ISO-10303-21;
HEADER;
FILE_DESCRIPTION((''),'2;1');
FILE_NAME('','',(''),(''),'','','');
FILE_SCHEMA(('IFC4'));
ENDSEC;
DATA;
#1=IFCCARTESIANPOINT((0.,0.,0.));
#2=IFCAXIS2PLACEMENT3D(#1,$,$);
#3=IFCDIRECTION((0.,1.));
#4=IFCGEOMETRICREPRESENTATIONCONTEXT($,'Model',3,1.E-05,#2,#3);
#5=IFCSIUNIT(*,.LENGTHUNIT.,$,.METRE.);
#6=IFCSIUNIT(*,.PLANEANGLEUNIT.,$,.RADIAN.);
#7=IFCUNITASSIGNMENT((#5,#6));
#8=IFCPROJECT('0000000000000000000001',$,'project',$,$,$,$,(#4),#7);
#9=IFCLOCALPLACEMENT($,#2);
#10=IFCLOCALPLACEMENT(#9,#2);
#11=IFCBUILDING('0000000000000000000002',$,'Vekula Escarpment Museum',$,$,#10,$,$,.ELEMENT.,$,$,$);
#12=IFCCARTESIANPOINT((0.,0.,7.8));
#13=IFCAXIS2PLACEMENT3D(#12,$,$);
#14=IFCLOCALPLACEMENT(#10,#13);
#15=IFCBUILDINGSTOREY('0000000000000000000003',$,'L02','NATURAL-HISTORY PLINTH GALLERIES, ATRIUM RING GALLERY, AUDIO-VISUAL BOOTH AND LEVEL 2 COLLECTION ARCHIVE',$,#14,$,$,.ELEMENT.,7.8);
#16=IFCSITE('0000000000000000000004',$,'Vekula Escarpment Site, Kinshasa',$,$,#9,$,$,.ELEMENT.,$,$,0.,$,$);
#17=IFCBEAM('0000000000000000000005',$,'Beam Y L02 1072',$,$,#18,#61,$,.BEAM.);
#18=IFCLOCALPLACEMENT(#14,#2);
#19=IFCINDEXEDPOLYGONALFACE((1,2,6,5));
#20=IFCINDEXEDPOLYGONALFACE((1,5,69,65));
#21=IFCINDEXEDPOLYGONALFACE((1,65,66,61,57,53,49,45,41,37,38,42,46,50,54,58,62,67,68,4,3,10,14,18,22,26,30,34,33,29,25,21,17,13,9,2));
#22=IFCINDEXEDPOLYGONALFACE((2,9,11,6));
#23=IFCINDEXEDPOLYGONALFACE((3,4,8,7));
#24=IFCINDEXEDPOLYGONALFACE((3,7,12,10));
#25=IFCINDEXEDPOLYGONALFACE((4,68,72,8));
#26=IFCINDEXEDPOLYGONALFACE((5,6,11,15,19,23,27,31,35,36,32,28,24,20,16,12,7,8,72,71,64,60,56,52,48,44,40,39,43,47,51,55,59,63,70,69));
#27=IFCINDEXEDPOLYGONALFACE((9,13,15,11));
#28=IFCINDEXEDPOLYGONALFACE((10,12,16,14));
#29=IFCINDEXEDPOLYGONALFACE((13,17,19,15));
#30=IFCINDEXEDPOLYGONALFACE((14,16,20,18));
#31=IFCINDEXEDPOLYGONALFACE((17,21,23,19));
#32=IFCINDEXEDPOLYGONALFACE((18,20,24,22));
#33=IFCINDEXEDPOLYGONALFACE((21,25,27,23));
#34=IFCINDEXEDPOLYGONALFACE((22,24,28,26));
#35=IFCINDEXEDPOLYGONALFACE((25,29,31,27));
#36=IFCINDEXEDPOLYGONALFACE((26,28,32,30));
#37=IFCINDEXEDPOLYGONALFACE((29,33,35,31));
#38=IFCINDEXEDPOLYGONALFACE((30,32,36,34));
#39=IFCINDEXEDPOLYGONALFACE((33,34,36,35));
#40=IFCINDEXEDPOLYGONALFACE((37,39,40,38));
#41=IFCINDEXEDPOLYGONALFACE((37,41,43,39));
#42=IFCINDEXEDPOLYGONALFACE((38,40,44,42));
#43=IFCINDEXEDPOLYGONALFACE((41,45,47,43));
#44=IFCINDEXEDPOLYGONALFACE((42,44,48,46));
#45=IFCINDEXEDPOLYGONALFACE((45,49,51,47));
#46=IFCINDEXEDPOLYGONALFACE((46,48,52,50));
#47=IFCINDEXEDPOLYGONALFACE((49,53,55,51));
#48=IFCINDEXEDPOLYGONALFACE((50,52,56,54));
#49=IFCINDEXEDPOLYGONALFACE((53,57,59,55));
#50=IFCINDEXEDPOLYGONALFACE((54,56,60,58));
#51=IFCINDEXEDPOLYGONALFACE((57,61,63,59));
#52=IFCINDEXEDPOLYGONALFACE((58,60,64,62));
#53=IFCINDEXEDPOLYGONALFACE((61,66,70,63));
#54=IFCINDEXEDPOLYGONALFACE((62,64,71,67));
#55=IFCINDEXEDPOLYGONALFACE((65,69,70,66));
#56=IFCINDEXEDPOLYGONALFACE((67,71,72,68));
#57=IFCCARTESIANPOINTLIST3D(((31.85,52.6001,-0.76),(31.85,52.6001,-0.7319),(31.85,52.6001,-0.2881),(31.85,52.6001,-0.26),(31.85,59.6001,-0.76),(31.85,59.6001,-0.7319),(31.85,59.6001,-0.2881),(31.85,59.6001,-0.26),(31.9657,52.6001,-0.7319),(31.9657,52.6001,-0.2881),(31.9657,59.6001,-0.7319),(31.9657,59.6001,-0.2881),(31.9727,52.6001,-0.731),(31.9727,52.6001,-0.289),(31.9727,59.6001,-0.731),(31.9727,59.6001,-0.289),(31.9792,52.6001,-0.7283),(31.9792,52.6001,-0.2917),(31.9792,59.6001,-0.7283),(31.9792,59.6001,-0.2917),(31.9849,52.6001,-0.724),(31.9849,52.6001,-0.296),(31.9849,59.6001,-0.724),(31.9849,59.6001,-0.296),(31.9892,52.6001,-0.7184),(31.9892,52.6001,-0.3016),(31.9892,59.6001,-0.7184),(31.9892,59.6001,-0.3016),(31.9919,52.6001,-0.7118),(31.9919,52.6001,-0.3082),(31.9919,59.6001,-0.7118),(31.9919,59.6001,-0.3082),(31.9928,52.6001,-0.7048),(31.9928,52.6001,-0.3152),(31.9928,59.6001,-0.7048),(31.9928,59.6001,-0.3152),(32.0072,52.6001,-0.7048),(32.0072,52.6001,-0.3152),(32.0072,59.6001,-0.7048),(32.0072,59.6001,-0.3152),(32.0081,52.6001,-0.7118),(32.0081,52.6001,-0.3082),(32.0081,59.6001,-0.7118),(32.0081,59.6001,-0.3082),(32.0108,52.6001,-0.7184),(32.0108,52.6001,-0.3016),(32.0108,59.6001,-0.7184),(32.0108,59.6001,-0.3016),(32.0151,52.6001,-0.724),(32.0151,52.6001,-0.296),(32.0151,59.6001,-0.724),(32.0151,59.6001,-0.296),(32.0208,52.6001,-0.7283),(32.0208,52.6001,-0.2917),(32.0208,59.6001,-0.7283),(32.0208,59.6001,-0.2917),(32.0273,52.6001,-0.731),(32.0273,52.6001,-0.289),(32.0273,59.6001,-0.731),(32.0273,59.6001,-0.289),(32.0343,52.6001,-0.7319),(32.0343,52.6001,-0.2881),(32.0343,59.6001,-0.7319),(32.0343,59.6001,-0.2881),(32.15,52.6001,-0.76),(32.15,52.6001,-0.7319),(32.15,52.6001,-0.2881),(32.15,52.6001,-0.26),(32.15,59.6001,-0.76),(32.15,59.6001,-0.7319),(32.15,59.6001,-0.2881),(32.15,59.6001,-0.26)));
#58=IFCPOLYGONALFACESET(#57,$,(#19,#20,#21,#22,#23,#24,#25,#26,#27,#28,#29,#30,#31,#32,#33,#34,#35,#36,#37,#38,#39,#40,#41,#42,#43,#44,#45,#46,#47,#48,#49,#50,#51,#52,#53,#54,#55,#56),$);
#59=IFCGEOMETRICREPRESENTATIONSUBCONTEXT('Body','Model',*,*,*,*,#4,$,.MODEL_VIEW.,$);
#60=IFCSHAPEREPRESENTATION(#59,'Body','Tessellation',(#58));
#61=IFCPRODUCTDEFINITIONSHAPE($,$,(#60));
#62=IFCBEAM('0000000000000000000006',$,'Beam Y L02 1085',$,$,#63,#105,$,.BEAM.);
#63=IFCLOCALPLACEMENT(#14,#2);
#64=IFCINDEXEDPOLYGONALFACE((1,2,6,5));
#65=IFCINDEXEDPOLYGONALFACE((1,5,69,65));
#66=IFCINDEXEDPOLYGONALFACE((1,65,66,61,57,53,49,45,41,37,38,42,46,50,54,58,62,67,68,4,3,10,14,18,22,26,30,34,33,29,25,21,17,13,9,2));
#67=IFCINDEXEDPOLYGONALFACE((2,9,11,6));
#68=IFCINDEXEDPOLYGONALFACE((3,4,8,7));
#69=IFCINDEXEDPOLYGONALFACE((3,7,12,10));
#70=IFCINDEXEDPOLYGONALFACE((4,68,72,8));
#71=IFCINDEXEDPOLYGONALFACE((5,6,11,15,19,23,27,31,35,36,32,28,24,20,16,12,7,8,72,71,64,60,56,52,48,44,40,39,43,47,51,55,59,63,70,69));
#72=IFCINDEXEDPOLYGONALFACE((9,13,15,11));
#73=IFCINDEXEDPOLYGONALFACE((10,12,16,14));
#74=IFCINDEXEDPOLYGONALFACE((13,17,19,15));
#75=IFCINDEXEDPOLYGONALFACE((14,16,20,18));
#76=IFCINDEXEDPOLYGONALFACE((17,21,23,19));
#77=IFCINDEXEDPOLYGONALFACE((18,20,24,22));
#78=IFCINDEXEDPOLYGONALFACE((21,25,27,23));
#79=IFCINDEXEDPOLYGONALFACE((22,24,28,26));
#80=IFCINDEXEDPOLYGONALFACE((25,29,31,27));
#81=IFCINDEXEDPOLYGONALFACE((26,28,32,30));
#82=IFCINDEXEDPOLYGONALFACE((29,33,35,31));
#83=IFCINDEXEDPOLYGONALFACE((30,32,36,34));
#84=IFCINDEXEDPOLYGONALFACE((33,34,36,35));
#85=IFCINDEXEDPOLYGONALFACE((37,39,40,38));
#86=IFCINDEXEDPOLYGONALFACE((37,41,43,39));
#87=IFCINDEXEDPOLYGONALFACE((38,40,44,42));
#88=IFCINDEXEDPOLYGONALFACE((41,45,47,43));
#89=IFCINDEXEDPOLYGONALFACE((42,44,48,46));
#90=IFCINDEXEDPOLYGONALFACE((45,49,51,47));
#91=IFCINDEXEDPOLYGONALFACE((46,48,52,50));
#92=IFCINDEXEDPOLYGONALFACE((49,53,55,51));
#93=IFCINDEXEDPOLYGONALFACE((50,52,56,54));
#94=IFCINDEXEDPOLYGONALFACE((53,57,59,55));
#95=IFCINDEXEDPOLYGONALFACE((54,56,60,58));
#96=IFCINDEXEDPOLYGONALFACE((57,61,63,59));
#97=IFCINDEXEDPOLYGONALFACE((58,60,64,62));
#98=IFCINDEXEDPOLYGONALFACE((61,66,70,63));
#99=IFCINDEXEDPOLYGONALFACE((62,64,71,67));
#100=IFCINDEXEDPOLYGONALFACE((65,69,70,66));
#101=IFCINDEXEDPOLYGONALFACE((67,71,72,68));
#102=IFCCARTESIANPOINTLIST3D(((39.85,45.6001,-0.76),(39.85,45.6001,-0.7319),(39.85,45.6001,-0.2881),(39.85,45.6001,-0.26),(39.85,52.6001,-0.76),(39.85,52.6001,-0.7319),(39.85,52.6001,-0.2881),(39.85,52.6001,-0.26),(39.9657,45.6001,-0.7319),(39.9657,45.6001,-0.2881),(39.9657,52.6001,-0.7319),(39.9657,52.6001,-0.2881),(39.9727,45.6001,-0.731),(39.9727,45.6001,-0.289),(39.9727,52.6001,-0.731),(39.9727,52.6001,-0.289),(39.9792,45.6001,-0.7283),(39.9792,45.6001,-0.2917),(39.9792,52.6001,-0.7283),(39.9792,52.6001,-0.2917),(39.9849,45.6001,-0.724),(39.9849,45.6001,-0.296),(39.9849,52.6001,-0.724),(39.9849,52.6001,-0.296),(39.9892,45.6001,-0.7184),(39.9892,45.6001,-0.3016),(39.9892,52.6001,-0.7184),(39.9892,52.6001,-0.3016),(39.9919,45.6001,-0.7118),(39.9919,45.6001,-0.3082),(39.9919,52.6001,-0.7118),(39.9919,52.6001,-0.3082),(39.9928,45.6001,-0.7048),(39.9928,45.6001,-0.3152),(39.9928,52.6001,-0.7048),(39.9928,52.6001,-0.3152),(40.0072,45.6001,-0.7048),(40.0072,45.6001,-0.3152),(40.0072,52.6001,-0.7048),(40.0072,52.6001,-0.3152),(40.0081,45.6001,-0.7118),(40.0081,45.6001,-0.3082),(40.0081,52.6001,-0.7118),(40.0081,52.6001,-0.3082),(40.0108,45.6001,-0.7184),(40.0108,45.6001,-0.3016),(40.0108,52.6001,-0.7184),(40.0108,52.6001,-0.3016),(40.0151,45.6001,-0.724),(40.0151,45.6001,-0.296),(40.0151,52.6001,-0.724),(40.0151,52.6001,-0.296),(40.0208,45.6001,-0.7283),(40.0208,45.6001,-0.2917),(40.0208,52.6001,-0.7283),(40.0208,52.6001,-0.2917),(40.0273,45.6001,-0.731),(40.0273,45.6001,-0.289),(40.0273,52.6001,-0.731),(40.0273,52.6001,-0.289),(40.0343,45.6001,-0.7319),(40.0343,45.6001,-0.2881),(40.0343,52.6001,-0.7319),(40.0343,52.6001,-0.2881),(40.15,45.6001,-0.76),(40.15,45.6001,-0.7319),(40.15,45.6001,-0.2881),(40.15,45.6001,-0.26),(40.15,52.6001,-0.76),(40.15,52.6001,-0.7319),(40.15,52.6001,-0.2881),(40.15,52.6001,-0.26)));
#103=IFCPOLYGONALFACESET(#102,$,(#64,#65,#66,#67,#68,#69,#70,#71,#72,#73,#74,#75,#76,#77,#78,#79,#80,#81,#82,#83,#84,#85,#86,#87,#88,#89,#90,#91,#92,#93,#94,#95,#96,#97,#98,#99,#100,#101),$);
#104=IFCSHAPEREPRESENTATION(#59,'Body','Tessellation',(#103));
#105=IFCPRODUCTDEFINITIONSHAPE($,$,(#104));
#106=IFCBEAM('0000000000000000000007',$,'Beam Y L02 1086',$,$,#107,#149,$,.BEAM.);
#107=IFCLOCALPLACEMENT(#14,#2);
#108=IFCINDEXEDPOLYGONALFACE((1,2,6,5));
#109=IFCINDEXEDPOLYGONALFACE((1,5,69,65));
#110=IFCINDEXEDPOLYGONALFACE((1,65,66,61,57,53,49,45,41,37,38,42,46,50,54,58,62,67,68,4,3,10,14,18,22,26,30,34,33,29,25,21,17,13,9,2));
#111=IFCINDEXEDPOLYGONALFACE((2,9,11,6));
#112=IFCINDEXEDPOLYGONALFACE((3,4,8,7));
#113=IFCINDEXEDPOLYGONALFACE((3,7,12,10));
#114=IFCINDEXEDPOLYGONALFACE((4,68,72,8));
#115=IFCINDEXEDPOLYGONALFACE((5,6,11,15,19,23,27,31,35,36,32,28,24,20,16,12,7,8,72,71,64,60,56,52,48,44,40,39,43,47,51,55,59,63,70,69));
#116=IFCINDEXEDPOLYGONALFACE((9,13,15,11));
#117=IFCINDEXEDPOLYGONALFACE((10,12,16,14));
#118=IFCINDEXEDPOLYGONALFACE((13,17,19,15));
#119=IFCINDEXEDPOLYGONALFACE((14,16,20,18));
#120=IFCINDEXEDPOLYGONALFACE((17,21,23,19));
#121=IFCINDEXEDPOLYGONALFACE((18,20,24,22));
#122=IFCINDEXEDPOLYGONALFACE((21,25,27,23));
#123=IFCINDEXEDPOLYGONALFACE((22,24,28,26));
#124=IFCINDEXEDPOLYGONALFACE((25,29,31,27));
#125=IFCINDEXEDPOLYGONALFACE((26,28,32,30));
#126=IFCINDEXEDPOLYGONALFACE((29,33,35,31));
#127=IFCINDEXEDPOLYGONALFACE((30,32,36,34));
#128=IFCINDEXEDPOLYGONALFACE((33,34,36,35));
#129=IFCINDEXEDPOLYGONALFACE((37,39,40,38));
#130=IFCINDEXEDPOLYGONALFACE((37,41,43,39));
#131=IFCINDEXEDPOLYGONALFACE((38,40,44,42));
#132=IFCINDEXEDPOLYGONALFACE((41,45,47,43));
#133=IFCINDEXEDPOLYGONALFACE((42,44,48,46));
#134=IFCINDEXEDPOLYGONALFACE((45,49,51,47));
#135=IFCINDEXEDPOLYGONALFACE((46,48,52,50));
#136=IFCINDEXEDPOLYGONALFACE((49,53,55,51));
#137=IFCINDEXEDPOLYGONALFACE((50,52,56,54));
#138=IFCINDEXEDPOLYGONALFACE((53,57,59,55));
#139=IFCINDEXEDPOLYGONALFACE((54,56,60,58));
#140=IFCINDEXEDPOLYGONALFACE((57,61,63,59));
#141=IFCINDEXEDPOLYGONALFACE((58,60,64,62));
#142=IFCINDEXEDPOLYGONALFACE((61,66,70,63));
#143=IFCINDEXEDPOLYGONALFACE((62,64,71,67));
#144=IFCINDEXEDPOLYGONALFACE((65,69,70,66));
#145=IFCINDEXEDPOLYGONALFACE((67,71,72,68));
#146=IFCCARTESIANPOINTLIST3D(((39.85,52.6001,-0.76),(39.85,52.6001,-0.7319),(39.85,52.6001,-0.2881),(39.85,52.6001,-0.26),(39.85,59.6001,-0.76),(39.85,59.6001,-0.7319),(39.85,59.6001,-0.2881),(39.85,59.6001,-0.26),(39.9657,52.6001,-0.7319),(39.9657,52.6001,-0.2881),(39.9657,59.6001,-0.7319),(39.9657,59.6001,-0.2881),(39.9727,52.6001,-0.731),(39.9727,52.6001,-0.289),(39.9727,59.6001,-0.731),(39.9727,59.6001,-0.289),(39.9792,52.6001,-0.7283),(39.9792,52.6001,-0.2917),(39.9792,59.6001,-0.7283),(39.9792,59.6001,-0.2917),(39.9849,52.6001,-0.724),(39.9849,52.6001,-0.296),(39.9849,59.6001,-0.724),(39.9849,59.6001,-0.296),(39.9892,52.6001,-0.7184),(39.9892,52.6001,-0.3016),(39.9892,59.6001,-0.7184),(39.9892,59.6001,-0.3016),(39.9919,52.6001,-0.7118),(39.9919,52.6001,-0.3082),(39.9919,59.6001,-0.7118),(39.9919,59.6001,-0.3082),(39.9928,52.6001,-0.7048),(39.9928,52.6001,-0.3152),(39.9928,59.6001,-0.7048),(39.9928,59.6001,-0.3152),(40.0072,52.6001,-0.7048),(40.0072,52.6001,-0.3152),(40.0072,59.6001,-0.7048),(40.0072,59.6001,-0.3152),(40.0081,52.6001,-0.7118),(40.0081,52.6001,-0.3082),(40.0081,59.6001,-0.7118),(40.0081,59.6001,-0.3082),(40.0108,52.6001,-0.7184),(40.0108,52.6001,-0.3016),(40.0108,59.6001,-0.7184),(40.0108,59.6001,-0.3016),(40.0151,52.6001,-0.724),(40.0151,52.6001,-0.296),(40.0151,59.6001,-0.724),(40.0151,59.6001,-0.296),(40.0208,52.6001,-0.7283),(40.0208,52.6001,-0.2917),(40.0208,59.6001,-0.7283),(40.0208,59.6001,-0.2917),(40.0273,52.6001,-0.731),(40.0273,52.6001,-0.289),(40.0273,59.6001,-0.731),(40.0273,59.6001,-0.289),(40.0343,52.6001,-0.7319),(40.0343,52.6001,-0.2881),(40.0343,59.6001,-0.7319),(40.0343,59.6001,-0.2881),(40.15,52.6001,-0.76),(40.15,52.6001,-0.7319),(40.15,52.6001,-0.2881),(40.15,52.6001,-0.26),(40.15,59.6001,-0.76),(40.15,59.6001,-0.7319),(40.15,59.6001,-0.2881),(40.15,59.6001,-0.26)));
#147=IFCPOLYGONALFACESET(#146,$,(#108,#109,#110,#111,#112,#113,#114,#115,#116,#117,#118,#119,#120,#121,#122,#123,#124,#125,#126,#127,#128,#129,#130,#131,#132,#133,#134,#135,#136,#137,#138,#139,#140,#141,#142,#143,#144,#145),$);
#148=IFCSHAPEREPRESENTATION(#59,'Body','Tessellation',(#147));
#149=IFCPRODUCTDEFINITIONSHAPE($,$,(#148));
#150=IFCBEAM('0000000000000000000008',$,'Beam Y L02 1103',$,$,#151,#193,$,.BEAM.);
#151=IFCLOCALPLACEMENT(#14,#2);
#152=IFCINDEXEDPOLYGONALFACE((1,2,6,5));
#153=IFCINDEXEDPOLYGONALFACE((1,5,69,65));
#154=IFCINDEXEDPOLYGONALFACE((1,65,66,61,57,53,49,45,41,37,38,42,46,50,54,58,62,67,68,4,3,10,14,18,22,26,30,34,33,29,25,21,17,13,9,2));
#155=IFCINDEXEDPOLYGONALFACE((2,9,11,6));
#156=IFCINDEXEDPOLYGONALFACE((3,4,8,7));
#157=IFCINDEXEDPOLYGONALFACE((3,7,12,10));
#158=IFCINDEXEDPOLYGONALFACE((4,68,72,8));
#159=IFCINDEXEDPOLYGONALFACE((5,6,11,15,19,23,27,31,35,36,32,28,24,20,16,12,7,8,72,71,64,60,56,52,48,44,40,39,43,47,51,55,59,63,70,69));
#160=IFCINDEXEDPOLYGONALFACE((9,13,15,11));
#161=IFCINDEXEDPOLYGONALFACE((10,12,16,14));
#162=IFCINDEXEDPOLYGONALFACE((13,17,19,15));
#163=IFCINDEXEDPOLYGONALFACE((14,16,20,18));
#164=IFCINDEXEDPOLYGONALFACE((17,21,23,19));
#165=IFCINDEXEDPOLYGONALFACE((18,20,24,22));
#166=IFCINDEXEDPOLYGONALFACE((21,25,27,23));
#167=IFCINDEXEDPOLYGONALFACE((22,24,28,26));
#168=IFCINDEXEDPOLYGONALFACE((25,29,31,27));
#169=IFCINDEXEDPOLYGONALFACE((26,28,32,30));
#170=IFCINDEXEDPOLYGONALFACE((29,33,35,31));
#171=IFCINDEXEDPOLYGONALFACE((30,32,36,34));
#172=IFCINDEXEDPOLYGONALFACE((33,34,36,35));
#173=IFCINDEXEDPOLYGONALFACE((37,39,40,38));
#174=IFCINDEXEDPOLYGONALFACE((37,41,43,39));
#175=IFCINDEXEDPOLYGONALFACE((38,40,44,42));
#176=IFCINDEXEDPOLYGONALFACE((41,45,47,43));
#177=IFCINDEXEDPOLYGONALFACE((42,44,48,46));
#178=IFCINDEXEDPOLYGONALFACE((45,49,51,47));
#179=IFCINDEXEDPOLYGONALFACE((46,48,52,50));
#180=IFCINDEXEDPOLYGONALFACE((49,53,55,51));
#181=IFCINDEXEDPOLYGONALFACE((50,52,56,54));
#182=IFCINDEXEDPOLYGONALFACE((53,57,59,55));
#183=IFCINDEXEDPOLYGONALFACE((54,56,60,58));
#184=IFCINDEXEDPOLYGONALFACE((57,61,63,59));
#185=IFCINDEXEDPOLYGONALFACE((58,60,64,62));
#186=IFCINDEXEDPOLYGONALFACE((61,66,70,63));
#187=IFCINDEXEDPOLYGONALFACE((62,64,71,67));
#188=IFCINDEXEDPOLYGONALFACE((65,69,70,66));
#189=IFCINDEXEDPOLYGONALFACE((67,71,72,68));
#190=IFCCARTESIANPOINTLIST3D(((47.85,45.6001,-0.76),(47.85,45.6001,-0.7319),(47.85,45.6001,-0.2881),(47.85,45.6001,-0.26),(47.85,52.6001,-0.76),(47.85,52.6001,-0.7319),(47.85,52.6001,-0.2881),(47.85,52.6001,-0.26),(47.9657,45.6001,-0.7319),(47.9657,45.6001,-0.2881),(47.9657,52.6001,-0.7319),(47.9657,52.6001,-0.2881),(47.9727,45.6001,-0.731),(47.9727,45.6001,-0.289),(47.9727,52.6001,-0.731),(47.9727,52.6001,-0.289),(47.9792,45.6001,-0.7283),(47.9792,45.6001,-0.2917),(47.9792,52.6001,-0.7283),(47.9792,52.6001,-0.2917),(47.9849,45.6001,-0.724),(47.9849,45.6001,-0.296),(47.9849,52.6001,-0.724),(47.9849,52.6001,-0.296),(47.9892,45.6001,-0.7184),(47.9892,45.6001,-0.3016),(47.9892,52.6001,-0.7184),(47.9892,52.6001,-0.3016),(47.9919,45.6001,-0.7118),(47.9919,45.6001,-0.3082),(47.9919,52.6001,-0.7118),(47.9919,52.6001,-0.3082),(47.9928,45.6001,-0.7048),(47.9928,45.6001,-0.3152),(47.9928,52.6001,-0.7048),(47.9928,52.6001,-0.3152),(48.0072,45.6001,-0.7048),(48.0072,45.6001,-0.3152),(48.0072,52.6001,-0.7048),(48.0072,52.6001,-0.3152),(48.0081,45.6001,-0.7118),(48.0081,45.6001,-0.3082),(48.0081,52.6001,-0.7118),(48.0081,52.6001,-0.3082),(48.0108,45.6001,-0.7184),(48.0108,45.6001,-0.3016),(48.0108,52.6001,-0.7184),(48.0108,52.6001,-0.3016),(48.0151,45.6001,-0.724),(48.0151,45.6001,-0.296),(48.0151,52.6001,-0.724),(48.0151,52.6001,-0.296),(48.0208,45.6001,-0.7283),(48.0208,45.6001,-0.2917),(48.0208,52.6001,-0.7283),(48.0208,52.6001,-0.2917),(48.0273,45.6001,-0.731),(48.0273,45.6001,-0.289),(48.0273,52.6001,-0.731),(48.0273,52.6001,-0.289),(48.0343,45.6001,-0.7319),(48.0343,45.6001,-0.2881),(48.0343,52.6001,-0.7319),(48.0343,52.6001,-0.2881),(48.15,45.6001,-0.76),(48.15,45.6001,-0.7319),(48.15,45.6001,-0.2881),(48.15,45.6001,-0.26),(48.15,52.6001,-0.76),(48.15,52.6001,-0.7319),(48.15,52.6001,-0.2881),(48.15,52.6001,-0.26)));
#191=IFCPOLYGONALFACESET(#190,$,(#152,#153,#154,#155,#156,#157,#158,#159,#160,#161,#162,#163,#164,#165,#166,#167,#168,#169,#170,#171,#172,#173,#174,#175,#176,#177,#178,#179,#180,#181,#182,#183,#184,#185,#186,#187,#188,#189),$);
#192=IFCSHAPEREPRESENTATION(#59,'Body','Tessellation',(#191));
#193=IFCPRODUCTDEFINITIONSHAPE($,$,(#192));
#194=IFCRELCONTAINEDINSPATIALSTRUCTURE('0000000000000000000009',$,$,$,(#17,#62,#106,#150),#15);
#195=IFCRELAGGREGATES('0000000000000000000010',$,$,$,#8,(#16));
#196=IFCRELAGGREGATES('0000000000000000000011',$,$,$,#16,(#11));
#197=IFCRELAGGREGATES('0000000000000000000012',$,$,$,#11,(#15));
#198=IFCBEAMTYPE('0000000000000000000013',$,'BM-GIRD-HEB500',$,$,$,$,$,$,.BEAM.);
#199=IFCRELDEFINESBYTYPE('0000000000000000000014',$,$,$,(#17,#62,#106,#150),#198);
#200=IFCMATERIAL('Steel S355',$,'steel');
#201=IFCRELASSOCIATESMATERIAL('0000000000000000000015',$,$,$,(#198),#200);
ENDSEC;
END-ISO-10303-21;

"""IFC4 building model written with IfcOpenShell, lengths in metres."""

from ifc_helpers import new_model, si_unit, direction, frame, origin, origin_2d, place, context, subcontext, project, spatial, i_section, extrude, material, material_profile, profile_set, type_object, element, save


model = new_model("IFC4")

# Units and contexts
model_context = context("Model", 3, precision=1e-05, world=origin(), true_north=direction((0.0, 1.0)))
body_context = subcontext(model_context, "Body", "Model", "MODEL_VIEW")
ifc_project = project(units=[si_unit("LENGTHUNIT", "METRE"), si_unit("PLANEANGLEUNIT", "RADIAN")], contexts=[model_context])

# Site, building, storey
site_placement = place(None, origin())
site = spatial("IfcSite", under=ifc_project, at=site_placement, Name="Vekula Escarpment Site, Kinshasa", CompositionType="ELEMENT", RefElevation=0.0)
building_placement = place(site_placement, origin())
building = spatial("IfcBuilding", under=site, at=building_placement, Name="Vekula Escarpment Museum", CompositionType="ELEMENT")
storey_placement = place(building_placement, frame((0.0, 0.0, 7.8)))
storey = spatial("IfcBuildingStorey", under=building, at=storey_placement, Name="L02", Description="NATURAL-HISTORY PLINTH GALLERIES, ATRIUM RING GALLERY, AUDIO-VISUAL BOOTH AND LEVEL 2 COLLECTION ARCHIVE", CompositionType="ELEMENT", Elevation=7.8)

# Beams
ifc_material_1 = material(Name="Steel S355", Category="steel")
ifc_material_profile_1 = material_profile(ifc_material_1, i_section(OverallWidth=0.3, OverallDepth=0.5, WebThickness=0.0144, FlangeThickness=0.0281, FilletRadius=0.0271, at=origin_2d()), Name="HEB 500")
ifc_profile_set_1 = profile_set([ifc_material_profile_1], Name="Steel S355")
beam_type_1 = type_object("IfcBeamType", Name="BM-GIRD-HEB500", PredefinedType="BEAM", material=ifc_profile_set_1)
for number, where, z_axis, x_axis, name in (
    (1, (32.0, 52.6001, -0.51), (0.0, 1.0, 0.0), (-1.0, 0.0, 0.0), "Beam Y L02 1072"),
    (2, (40.0, 45.6001, -0.51), (0.0, 1.0, 0.0), (-1.0, 0.0, 0.0), "Beam Y L02 1085"),
    (3, (40.0, 52.6001, -0.51), (0.0, 1.0, 0.0), (-1.0, 0.0, 0.0), "Beam Y L02 1086"),
    (4, (48.0, 45.6001, -0.51), (0.0, 1.0, 0.0), (-1.0, 0.0, 0.0), "Beam Y L02 1103"),
):
    element("IfcBeam", number, at=place(storey_placement, frame(where, z_axis=z_axis, x_axis=x_axis)), inside=storey, type_object=beam_type_1, Name=name, PredefinedType="BEAM", context=body_context, shape_type="SweptSolid", body=[
        extrude(i_section(OverallWidth=0.3, OverallDepth=0.5, WebThickness=0.0144, FlangeThickness=0.0281, FilletRadius=0.0271, at=origin_2d()), origin(), (0.0, 0.0, 1.0), 7.0),
    ])

save(model, "model.ifc")
